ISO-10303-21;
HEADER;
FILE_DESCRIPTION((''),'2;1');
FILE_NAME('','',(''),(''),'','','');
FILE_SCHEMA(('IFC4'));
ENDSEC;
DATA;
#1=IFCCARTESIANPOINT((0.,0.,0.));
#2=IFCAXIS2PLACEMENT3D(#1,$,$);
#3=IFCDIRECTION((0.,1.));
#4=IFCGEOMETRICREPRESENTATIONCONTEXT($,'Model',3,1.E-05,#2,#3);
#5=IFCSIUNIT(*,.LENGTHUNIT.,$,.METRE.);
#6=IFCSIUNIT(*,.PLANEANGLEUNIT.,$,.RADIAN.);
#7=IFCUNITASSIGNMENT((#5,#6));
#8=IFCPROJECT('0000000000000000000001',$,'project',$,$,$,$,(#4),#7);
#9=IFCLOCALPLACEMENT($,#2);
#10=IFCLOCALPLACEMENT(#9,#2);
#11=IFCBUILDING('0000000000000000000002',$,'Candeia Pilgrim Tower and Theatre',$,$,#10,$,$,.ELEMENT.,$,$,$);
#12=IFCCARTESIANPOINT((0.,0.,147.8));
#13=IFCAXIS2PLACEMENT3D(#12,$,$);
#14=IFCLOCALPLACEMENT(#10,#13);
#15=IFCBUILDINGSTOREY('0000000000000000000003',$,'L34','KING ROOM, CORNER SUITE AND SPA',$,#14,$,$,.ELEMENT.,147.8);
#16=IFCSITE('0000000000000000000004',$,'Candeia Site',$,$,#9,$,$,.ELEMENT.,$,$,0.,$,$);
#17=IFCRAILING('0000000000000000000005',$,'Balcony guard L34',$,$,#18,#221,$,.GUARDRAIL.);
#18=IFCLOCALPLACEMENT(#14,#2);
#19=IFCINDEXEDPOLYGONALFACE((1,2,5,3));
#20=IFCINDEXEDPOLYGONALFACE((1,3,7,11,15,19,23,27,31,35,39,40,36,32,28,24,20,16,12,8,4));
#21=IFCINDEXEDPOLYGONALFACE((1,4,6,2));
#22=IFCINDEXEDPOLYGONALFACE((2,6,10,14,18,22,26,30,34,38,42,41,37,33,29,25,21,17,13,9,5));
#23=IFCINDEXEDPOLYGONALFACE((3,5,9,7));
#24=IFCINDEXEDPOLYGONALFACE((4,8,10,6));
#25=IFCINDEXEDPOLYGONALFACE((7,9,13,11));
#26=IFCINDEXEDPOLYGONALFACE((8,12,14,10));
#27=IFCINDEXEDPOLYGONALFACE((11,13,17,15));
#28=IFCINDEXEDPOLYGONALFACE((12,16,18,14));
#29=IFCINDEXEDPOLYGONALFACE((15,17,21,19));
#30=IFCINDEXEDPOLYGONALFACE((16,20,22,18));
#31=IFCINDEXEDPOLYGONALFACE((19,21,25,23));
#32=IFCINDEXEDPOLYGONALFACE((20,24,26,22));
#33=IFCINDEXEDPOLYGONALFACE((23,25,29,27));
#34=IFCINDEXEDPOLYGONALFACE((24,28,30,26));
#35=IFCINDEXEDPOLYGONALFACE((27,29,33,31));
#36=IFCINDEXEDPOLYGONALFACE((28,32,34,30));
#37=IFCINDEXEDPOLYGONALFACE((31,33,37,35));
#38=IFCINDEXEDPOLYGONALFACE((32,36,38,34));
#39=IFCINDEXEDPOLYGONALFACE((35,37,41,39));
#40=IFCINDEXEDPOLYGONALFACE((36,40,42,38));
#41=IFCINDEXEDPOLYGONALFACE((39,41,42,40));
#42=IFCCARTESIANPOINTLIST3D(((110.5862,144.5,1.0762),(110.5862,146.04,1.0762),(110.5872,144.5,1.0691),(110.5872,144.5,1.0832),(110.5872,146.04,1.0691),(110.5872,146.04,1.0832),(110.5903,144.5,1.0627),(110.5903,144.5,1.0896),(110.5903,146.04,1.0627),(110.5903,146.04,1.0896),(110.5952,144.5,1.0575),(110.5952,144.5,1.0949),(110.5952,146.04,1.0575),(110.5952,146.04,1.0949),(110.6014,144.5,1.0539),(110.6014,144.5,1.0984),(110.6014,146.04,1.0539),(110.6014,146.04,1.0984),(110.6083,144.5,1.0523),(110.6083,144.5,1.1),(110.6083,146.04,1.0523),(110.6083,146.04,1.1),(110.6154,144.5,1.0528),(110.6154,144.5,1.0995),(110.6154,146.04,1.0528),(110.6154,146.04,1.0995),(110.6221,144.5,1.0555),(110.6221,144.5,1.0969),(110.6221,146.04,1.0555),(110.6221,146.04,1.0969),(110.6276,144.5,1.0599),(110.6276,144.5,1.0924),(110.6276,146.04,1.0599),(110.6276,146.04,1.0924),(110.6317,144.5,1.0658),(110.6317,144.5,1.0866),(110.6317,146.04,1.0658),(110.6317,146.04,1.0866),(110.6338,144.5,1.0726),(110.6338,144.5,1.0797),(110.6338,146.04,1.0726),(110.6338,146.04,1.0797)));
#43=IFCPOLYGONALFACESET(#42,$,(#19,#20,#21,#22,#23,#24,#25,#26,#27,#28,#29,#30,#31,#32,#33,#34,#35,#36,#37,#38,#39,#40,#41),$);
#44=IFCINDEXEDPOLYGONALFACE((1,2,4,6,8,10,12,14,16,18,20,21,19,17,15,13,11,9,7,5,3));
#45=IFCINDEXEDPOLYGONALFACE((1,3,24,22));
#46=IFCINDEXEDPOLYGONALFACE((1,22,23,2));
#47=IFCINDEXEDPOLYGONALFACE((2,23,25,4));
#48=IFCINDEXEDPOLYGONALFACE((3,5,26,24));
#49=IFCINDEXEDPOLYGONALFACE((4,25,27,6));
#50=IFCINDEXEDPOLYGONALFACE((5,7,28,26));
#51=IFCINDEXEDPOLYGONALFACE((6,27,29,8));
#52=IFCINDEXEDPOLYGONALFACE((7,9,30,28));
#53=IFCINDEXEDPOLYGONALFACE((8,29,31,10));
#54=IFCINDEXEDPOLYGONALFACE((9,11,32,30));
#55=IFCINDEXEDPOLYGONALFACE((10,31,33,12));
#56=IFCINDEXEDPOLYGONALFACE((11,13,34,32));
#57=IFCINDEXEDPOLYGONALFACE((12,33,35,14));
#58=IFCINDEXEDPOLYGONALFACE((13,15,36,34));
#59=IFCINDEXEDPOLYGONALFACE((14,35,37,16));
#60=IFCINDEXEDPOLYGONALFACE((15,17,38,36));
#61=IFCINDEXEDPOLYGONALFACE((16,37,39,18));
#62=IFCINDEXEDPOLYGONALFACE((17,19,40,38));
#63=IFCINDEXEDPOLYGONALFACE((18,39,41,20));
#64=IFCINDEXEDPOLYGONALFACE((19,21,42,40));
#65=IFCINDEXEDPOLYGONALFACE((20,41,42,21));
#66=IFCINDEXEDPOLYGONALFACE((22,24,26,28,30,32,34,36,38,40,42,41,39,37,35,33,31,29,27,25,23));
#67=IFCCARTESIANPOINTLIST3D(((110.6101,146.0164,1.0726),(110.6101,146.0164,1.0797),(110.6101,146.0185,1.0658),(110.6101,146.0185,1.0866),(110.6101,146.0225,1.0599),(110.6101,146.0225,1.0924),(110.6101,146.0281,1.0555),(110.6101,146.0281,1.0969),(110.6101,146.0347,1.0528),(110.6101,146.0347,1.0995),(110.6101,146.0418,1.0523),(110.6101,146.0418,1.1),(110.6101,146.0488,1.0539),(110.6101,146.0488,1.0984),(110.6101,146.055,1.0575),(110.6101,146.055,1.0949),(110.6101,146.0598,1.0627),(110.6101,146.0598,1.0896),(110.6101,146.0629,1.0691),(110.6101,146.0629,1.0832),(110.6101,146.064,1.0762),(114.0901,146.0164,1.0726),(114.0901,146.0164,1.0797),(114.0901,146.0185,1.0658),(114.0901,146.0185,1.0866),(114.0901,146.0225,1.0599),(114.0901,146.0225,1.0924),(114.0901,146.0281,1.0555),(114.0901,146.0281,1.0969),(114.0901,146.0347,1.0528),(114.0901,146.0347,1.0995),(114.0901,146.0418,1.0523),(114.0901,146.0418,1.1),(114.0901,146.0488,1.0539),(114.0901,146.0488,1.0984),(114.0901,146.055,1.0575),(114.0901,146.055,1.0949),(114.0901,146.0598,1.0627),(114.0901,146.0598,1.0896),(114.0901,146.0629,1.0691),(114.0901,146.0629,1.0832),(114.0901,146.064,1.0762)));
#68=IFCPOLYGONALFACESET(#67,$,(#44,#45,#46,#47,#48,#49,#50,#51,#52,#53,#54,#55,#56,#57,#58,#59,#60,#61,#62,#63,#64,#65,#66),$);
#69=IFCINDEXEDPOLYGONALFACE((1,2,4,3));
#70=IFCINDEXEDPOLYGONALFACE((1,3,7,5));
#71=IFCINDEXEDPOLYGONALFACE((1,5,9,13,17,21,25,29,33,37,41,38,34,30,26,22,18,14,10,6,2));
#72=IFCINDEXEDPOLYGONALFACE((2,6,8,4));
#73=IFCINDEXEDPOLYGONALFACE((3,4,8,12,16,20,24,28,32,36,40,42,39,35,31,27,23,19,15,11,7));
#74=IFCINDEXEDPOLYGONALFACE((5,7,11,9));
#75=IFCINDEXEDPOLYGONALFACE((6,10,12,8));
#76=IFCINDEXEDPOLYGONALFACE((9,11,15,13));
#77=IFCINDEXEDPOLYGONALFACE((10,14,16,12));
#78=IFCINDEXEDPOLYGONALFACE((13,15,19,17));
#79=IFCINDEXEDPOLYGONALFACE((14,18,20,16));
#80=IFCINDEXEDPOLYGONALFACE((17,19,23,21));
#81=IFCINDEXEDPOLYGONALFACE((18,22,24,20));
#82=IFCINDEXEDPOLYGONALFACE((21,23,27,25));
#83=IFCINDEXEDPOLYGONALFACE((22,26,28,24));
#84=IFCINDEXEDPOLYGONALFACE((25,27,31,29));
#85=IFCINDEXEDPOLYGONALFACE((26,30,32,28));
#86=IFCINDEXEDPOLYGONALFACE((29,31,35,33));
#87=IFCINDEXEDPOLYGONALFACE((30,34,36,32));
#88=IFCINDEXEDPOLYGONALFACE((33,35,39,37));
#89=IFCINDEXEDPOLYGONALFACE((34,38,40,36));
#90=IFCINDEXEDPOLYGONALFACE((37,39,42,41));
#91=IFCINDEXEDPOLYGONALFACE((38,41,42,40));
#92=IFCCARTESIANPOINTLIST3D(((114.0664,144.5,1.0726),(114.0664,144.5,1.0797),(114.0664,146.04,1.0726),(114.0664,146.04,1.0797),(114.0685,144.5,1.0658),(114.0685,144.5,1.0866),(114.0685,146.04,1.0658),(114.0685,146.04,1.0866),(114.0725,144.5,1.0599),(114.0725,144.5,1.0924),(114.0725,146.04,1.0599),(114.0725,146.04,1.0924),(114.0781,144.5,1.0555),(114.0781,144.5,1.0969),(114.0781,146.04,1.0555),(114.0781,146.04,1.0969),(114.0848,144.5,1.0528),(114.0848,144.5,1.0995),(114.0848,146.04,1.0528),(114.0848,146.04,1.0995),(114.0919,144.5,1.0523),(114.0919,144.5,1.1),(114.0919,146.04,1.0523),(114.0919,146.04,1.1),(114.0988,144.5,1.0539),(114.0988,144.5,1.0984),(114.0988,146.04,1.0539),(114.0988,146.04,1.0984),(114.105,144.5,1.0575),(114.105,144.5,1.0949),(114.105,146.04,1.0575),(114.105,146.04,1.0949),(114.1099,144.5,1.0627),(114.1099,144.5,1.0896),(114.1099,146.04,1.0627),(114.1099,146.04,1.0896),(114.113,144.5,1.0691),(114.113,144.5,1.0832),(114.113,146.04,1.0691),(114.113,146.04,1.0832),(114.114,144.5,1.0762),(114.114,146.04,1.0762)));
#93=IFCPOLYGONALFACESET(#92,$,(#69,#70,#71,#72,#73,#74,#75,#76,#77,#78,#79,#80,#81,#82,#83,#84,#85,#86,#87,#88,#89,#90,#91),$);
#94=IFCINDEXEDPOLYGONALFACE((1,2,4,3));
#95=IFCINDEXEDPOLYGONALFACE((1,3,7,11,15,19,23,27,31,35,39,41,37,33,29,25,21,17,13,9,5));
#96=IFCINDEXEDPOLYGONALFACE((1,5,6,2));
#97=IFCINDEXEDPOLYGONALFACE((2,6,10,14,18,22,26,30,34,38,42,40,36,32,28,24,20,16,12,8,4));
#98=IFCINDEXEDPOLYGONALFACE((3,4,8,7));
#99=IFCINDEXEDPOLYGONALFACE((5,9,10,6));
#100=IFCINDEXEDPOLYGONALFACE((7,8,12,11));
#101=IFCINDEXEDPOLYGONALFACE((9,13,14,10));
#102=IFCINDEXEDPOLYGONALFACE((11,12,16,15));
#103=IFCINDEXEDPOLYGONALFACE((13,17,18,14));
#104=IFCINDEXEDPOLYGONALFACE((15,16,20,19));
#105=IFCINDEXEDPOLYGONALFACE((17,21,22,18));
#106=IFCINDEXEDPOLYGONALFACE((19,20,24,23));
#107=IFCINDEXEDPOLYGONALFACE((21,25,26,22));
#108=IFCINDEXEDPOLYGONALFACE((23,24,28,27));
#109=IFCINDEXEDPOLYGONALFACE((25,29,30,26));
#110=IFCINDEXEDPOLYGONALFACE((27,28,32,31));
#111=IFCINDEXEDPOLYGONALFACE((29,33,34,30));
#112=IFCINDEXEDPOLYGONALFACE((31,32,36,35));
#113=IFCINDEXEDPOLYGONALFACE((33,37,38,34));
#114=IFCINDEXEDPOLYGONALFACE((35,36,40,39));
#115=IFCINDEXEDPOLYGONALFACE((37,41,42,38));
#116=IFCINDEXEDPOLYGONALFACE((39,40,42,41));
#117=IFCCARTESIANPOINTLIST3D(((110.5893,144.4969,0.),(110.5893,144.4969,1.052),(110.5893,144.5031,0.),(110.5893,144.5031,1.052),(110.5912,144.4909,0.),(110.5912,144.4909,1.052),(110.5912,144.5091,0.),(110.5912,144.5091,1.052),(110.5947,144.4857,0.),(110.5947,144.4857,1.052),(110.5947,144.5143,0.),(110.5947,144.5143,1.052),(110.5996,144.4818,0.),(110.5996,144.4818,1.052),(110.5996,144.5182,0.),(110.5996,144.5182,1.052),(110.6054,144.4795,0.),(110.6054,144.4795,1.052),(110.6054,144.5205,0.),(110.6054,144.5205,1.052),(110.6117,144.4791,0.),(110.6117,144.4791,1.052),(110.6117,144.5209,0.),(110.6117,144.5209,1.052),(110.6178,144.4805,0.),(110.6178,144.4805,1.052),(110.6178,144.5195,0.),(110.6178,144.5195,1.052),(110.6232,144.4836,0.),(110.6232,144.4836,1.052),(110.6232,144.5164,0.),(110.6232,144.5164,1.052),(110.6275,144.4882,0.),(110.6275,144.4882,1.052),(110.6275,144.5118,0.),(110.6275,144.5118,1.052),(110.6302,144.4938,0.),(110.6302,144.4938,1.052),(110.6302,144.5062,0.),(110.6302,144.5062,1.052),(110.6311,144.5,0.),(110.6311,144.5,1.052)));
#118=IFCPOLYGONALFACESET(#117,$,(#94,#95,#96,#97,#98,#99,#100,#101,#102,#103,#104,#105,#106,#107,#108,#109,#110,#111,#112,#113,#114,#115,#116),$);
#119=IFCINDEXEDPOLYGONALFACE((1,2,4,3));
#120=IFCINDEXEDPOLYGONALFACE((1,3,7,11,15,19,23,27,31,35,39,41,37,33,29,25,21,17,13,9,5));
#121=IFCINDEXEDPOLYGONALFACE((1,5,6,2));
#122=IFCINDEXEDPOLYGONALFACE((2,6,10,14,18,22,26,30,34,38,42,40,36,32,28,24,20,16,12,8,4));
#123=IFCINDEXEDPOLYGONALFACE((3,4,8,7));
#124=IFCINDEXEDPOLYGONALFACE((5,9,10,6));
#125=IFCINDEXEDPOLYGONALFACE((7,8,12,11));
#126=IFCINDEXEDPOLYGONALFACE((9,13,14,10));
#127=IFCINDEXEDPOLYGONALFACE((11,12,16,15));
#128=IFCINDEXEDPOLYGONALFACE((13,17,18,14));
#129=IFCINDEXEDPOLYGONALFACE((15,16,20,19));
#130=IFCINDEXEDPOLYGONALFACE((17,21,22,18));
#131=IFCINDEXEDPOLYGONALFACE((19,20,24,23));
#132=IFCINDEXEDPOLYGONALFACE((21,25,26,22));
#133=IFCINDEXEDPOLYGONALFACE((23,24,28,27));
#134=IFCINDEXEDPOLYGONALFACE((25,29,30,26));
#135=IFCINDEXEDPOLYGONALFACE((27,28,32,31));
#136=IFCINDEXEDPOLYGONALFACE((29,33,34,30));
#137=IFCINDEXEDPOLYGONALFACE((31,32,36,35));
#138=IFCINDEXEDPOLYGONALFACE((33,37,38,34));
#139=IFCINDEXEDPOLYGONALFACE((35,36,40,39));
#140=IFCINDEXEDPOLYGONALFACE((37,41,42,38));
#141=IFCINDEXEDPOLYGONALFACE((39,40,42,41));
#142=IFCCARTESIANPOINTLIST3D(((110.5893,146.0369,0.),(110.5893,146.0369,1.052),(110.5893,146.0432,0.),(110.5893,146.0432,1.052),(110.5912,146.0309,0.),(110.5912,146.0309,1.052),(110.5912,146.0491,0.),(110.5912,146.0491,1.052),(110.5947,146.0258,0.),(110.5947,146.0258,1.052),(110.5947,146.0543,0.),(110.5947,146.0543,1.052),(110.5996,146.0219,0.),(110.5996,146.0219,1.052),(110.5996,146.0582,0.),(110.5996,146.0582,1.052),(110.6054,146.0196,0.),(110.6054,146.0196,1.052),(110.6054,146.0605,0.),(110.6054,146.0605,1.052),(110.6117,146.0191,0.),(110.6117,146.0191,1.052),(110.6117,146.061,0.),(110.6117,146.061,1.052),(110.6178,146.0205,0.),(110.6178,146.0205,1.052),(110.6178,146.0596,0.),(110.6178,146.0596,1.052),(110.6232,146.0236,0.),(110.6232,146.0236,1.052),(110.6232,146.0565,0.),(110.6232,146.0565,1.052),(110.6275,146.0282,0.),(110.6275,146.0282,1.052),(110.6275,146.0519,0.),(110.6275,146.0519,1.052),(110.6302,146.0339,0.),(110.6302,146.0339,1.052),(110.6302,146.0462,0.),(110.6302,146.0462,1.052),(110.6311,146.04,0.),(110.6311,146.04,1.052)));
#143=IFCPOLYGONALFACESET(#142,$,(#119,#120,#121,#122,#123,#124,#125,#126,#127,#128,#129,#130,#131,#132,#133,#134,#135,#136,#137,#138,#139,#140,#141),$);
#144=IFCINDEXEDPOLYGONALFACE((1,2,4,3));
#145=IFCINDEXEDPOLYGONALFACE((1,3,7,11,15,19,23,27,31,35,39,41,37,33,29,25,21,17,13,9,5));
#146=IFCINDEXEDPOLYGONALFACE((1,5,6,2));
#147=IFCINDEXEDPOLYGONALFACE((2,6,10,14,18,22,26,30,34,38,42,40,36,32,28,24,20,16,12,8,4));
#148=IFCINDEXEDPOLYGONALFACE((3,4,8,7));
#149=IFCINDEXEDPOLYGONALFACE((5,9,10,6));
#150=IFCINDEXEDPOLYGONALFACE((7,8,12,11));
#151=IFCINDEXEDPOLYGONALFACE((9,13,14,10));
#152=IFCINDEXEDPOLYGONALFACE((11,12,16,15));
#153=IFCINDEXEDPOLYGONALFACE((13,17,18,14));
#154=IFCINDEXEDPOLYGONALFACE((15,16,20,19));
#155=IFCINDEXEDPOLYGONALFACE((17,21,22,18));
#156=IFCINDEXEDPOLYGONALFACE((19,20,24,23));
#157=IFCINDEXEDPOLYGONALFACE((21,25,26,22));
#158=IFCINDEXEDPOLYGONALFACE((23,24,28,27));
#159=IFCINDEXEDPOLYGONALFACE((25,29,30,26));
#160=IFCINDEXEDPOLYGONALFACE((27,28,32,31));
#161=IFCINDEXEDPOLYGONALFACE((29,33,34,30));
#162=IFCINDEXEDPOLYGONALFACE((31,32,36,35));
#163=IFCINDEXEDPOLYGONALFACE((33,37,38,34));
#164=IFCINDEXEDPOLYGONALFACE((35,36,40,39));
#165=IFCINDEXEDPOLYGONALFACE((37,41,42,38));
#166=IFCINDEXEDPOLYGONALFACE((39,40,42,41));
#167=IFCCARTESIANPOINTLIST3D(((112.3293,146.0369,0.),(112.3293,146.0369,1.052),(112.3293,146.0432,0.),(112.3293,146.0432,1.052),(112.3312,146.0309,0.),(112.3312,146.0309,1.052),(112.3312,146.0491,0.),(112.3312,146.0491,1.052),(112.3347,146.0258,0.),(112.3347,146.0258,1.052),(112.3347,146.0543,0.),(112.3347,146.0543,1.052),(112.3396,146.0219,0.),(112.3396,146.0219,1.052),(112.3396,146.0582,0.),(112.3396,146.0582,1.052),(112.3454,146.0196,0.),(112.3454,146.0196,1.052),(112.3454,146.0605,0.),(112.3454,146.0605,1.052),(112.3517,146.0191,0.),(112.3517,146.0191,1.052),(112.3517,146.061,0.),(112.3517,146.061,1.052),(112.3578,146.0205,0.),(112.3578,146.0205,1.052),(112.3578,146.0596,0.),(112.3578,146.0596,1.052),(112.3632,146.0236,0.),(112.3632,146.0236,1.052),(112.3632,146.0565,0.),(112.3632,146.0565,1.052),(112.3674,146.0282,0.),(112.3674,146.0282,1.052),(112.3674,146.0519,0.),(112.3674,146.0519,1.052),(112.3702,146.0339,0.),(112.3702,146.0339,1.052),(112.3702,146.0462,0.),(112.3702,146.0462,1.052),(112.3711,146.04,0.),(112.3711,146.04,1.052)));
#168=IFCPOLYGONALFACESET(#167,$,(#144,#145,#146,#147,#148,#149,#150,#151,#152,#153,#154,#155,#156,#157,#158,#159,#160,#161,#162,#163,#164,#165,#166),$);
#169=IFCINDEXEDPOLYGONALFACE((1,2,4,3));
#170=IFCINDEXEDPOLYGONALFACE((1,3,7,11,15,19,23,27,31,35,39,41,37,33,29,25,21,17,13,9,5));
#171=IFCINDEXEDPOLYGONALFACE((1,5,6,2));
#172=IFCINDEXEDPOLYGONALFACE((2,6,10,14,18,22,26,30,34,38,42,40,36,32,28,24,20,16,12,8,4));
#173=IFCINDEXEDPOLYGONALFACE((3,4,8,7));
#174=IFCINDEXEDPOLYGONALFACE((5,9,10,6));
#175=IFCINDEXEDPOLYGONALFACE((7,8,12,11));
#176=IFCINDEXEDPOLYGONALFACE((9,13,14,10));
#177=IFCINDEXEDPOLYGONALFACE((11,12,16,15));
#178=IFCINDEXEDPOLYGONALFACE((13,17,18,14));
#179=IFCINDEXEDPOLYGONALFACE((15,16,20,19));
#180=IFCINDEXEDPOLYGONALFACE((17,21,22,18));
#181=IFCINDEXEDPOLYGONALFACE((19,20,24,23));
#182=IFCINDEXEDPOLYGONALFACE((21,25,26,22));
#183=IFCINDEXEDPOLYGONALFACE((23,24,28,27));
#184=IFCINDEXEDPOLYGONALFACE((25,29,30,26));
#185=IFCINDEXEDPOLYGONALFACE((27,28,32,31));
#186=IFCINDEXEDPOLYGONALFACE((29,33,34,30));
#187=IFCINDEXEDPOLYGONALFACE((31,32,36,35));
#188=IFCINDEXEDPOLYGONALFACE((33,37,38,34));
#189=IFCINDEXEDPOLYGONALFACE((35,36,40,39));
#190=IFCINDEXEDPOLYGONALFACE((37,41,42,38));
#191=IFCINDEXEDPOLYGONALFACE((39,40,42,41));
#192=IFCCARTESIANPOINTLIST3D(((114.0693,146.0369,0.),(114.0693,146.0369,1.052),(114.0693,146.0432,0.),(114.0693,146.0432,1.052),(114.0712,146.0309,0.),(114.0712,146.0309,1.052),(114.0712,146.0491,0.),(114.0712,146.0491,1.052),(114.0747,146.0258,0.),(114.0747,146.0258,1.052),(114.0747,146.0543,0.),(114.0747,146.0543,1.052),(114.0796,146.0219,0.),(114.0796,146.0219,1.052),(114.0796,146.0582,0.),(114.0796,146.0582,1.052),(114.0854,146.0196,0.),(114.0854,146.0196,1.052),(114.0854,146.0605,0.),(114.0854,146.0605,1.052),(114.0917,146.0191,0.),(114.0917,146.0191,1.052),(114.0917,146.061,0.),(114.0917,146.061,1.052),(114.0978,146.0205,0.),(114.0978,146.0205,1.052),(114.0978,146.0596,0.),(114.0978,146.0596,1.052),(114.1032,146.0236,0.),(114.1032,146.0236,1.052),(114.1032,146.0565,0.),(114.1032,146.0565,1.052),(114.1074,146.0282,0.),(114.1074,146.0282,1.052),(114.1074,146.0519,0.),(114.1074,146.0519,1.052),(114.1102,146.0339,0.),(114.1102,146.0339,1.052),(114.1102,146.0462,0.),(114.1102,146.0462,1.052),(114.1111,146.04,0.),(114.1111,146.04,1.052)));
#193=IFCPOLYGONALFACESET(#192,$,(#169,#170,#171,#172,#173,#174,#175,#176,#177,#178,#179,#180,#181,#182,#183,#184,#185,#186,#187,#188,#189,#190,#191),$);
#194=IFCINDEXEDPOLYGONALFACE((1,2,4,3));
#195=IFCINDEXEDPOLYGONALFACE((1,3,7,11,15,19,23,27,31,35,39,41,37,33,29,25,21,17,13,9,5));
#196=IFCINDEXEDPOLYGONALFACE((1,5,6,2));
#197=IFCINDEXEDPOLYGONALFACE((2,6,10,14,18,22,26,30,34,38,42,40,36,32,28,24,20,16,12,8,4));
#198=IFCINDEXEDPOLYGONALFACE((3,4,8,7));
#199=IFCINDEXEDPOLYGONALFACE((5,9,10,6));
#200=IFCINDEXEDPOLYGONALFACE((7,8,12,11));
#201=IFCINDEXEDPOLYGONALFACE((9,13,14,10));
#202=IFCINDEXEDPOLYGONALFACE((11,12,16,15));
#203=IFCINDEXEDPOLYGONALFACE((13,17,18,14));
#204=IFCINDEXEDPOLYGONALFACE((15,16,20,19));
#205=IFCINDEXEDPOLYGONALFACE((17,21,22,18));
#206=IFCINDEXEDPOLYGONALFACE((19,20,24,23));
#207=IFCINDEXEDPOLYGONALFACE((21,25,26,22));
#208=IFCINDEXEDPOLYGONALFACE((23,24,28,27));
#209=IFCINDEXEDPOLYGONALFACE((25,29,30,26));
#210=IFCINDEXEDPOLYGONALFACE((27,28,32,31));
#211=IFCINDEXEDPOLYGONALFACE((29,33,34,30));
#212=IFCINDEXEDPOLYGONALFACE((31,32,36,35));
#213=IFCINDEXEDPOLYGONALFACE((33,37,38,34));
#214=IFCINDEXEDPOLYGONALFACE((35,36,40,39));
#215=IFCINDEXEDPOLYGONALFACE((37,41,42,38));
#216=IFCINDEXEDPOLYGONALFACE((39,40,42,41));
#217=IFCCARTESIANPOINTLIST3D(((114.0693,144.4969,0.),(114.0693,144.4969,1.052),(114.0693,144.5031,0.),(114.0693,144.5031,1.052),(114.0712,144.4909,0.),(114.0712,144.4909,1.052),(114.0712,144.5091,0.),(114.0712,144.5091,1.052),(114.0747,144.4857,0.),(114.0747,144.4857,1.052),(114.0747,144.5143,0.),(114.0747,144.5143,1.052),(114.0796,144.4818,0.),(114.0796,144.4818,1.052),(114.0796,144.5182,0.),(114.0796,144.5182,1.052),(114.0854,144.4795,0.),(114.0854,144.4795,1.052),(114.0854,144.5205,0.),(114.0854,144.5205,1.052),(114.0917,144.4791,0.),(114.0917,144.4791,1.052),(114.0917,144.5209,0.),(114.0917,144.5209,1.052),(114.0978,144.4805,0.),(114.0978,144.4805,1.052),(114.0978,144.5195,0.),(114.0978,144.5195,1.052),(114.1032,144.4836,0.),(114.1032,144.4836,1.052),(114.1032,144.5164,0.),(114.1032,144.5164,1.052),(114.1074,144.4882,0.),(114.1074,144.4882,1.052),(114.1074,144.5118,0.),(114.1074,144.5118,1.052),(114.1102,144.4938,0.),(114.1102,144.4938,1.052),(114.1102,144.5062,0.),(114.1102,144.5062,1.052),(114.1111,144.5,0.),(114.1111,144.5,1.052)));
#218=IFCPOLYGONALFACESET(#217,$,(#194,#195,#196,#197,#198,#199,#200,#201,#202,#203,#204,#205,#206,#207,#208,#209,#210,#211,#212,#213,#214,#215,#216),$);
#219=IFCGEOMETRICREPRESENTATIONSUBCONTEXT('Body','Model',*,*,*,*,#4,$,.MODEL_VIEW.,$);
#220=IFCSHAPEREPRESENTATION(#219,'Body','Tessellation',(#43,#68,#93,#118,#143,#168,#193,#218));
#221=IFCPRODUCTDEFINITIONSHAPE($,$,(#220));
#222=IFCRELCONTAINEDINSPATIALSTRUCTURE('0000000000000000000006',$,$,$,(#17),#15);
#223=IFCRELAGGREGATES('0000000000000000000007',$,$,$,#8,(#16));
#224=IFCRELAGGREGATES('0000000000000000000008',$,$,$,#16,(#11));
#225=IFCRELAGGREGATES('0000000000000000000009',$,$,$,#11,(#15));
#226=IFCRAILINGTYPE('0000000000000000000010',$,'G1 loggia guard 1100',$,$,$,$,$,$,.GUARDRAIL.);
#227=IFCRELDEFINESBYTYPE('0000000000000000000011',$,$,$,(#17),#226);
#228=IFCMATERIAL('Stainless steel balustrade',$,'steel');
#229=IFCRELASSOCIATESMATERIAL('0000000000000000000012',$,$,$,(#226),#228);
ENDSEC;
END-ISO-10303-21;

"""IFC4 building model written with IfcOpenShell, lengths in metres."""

from ifc_helpers import new_model, si_unit, direction, frame, origin, origin_2d, place, context, subcontext, project, spatial, circle, extrude, material, type_object, element, save


model = new_model("IFC4")

# Units and contexts
model_context = context("Model", 3, precision=1e-05, world=origin(), true_north=direction((0.0, 1.0)))
body_context = subcontext(model_context, "Body", "Model", "MODEL_VIEW")
ifc_project = project(units=[si_unit("LENGTHUNIT", "METRE"), si_unit("PLANEANGLEUNIT", "RADIAN")], contexts=[model_context])

# Site, building, storey
site_placement = place(None, origin())
site = spatial("IfcSite", under=ifc_project, at=site_placement, Name="Candeia Site", CompositionType="ELEMENT", RefElevation=0.0)
building_placement = place(site_placement, origin())
building = spatial("IfcBuilding", under=site, at=building_placement, Name="Candeia Pilgrim Tower and Theatre", CompositionType="ELEMENT")
storey_placement = place(building_placement, frame((0.0, 0.0, 147.8)))
storey = spatial("IfcBuildingStorey", under=building, at=storey_placement, Name="L34", Description="KING ROOM, CORNER SUITE AND SPA", CompositionType="ELEMENT", Elevation=147.8)

# Railing
ifc_material_1 = material(Name="Stainless steel balustrade", Category="steel")
railing_type = type_object("IfcRailingType", Name="G1 loggia guard 1100", PredefinedType="GUARDRAIL", material=ifc_material_1)
railing_placement = place(storey_placement, frame((110.6101, 144.5, 0.0)))
element("IfcRailing", 1, at=railing_placement, inside=storey, type_object=railing_type, Name="Balcony guard L34", PredefinedType="GUARDRAIL", context=body_context, shape_type="SweptSolid", body=[
    extrude(circle(Radius=0.0239, at=origin_2d()), frame((0.0, 0.0, 1.0762), z_axis=(0.0, 1.0, 0.0), x_axis=(-1.0, 0.0, 0.0)), (0.0, 0.0, 1.0), 1.54),
    extrude(circle(Radius=0.0239, at=origin_2d()), frame((0.0, 1.54, 1.0762), z_axis=(1.0, 0.0, 0.0), x_axis=(0.0, 1.0, 0.0)), (0.0, 0.0, 1.0), 3.48),
    extrude(circle(Radius=0.0239, at=origin_2d()), frame((3.48, 1.54, 1.0762), z_axis=(0.0, -1.0, 0.0), x_axis=(1.0, 0.0, 0.0)), (0.0, 0.0, 1.0), 1.54),
    extrude(circle(Radius=0.021, at=origin_2d()), origin(), (0.0, 0.0, 1.0), 1.052),
    extrude(circle(Radius=0.021, at=origin_2d()), frame((0.0, 1.54, 0.0)), (0.0, 0.0, 1.0), 1.052),
    extrude(circle(Radius=0.021, at=origin_2d()), frame((1.74, 1.54, 0.0)), (0.0, 0.0, 1.0), 1.052),
    extrude(circle(Radius=0.021, at=origin_2d()), frame((3.48, 1.54, 0.0)), (0.0, 0.0, 1.0), 1.052),
    extrude(circle(Radius=0.021, at=origin_2d()), frame((3.48, 0.0, 0.0)), (0.0, 0.0, 1.0), 1.052),
])

save(model, "model.ifc")
